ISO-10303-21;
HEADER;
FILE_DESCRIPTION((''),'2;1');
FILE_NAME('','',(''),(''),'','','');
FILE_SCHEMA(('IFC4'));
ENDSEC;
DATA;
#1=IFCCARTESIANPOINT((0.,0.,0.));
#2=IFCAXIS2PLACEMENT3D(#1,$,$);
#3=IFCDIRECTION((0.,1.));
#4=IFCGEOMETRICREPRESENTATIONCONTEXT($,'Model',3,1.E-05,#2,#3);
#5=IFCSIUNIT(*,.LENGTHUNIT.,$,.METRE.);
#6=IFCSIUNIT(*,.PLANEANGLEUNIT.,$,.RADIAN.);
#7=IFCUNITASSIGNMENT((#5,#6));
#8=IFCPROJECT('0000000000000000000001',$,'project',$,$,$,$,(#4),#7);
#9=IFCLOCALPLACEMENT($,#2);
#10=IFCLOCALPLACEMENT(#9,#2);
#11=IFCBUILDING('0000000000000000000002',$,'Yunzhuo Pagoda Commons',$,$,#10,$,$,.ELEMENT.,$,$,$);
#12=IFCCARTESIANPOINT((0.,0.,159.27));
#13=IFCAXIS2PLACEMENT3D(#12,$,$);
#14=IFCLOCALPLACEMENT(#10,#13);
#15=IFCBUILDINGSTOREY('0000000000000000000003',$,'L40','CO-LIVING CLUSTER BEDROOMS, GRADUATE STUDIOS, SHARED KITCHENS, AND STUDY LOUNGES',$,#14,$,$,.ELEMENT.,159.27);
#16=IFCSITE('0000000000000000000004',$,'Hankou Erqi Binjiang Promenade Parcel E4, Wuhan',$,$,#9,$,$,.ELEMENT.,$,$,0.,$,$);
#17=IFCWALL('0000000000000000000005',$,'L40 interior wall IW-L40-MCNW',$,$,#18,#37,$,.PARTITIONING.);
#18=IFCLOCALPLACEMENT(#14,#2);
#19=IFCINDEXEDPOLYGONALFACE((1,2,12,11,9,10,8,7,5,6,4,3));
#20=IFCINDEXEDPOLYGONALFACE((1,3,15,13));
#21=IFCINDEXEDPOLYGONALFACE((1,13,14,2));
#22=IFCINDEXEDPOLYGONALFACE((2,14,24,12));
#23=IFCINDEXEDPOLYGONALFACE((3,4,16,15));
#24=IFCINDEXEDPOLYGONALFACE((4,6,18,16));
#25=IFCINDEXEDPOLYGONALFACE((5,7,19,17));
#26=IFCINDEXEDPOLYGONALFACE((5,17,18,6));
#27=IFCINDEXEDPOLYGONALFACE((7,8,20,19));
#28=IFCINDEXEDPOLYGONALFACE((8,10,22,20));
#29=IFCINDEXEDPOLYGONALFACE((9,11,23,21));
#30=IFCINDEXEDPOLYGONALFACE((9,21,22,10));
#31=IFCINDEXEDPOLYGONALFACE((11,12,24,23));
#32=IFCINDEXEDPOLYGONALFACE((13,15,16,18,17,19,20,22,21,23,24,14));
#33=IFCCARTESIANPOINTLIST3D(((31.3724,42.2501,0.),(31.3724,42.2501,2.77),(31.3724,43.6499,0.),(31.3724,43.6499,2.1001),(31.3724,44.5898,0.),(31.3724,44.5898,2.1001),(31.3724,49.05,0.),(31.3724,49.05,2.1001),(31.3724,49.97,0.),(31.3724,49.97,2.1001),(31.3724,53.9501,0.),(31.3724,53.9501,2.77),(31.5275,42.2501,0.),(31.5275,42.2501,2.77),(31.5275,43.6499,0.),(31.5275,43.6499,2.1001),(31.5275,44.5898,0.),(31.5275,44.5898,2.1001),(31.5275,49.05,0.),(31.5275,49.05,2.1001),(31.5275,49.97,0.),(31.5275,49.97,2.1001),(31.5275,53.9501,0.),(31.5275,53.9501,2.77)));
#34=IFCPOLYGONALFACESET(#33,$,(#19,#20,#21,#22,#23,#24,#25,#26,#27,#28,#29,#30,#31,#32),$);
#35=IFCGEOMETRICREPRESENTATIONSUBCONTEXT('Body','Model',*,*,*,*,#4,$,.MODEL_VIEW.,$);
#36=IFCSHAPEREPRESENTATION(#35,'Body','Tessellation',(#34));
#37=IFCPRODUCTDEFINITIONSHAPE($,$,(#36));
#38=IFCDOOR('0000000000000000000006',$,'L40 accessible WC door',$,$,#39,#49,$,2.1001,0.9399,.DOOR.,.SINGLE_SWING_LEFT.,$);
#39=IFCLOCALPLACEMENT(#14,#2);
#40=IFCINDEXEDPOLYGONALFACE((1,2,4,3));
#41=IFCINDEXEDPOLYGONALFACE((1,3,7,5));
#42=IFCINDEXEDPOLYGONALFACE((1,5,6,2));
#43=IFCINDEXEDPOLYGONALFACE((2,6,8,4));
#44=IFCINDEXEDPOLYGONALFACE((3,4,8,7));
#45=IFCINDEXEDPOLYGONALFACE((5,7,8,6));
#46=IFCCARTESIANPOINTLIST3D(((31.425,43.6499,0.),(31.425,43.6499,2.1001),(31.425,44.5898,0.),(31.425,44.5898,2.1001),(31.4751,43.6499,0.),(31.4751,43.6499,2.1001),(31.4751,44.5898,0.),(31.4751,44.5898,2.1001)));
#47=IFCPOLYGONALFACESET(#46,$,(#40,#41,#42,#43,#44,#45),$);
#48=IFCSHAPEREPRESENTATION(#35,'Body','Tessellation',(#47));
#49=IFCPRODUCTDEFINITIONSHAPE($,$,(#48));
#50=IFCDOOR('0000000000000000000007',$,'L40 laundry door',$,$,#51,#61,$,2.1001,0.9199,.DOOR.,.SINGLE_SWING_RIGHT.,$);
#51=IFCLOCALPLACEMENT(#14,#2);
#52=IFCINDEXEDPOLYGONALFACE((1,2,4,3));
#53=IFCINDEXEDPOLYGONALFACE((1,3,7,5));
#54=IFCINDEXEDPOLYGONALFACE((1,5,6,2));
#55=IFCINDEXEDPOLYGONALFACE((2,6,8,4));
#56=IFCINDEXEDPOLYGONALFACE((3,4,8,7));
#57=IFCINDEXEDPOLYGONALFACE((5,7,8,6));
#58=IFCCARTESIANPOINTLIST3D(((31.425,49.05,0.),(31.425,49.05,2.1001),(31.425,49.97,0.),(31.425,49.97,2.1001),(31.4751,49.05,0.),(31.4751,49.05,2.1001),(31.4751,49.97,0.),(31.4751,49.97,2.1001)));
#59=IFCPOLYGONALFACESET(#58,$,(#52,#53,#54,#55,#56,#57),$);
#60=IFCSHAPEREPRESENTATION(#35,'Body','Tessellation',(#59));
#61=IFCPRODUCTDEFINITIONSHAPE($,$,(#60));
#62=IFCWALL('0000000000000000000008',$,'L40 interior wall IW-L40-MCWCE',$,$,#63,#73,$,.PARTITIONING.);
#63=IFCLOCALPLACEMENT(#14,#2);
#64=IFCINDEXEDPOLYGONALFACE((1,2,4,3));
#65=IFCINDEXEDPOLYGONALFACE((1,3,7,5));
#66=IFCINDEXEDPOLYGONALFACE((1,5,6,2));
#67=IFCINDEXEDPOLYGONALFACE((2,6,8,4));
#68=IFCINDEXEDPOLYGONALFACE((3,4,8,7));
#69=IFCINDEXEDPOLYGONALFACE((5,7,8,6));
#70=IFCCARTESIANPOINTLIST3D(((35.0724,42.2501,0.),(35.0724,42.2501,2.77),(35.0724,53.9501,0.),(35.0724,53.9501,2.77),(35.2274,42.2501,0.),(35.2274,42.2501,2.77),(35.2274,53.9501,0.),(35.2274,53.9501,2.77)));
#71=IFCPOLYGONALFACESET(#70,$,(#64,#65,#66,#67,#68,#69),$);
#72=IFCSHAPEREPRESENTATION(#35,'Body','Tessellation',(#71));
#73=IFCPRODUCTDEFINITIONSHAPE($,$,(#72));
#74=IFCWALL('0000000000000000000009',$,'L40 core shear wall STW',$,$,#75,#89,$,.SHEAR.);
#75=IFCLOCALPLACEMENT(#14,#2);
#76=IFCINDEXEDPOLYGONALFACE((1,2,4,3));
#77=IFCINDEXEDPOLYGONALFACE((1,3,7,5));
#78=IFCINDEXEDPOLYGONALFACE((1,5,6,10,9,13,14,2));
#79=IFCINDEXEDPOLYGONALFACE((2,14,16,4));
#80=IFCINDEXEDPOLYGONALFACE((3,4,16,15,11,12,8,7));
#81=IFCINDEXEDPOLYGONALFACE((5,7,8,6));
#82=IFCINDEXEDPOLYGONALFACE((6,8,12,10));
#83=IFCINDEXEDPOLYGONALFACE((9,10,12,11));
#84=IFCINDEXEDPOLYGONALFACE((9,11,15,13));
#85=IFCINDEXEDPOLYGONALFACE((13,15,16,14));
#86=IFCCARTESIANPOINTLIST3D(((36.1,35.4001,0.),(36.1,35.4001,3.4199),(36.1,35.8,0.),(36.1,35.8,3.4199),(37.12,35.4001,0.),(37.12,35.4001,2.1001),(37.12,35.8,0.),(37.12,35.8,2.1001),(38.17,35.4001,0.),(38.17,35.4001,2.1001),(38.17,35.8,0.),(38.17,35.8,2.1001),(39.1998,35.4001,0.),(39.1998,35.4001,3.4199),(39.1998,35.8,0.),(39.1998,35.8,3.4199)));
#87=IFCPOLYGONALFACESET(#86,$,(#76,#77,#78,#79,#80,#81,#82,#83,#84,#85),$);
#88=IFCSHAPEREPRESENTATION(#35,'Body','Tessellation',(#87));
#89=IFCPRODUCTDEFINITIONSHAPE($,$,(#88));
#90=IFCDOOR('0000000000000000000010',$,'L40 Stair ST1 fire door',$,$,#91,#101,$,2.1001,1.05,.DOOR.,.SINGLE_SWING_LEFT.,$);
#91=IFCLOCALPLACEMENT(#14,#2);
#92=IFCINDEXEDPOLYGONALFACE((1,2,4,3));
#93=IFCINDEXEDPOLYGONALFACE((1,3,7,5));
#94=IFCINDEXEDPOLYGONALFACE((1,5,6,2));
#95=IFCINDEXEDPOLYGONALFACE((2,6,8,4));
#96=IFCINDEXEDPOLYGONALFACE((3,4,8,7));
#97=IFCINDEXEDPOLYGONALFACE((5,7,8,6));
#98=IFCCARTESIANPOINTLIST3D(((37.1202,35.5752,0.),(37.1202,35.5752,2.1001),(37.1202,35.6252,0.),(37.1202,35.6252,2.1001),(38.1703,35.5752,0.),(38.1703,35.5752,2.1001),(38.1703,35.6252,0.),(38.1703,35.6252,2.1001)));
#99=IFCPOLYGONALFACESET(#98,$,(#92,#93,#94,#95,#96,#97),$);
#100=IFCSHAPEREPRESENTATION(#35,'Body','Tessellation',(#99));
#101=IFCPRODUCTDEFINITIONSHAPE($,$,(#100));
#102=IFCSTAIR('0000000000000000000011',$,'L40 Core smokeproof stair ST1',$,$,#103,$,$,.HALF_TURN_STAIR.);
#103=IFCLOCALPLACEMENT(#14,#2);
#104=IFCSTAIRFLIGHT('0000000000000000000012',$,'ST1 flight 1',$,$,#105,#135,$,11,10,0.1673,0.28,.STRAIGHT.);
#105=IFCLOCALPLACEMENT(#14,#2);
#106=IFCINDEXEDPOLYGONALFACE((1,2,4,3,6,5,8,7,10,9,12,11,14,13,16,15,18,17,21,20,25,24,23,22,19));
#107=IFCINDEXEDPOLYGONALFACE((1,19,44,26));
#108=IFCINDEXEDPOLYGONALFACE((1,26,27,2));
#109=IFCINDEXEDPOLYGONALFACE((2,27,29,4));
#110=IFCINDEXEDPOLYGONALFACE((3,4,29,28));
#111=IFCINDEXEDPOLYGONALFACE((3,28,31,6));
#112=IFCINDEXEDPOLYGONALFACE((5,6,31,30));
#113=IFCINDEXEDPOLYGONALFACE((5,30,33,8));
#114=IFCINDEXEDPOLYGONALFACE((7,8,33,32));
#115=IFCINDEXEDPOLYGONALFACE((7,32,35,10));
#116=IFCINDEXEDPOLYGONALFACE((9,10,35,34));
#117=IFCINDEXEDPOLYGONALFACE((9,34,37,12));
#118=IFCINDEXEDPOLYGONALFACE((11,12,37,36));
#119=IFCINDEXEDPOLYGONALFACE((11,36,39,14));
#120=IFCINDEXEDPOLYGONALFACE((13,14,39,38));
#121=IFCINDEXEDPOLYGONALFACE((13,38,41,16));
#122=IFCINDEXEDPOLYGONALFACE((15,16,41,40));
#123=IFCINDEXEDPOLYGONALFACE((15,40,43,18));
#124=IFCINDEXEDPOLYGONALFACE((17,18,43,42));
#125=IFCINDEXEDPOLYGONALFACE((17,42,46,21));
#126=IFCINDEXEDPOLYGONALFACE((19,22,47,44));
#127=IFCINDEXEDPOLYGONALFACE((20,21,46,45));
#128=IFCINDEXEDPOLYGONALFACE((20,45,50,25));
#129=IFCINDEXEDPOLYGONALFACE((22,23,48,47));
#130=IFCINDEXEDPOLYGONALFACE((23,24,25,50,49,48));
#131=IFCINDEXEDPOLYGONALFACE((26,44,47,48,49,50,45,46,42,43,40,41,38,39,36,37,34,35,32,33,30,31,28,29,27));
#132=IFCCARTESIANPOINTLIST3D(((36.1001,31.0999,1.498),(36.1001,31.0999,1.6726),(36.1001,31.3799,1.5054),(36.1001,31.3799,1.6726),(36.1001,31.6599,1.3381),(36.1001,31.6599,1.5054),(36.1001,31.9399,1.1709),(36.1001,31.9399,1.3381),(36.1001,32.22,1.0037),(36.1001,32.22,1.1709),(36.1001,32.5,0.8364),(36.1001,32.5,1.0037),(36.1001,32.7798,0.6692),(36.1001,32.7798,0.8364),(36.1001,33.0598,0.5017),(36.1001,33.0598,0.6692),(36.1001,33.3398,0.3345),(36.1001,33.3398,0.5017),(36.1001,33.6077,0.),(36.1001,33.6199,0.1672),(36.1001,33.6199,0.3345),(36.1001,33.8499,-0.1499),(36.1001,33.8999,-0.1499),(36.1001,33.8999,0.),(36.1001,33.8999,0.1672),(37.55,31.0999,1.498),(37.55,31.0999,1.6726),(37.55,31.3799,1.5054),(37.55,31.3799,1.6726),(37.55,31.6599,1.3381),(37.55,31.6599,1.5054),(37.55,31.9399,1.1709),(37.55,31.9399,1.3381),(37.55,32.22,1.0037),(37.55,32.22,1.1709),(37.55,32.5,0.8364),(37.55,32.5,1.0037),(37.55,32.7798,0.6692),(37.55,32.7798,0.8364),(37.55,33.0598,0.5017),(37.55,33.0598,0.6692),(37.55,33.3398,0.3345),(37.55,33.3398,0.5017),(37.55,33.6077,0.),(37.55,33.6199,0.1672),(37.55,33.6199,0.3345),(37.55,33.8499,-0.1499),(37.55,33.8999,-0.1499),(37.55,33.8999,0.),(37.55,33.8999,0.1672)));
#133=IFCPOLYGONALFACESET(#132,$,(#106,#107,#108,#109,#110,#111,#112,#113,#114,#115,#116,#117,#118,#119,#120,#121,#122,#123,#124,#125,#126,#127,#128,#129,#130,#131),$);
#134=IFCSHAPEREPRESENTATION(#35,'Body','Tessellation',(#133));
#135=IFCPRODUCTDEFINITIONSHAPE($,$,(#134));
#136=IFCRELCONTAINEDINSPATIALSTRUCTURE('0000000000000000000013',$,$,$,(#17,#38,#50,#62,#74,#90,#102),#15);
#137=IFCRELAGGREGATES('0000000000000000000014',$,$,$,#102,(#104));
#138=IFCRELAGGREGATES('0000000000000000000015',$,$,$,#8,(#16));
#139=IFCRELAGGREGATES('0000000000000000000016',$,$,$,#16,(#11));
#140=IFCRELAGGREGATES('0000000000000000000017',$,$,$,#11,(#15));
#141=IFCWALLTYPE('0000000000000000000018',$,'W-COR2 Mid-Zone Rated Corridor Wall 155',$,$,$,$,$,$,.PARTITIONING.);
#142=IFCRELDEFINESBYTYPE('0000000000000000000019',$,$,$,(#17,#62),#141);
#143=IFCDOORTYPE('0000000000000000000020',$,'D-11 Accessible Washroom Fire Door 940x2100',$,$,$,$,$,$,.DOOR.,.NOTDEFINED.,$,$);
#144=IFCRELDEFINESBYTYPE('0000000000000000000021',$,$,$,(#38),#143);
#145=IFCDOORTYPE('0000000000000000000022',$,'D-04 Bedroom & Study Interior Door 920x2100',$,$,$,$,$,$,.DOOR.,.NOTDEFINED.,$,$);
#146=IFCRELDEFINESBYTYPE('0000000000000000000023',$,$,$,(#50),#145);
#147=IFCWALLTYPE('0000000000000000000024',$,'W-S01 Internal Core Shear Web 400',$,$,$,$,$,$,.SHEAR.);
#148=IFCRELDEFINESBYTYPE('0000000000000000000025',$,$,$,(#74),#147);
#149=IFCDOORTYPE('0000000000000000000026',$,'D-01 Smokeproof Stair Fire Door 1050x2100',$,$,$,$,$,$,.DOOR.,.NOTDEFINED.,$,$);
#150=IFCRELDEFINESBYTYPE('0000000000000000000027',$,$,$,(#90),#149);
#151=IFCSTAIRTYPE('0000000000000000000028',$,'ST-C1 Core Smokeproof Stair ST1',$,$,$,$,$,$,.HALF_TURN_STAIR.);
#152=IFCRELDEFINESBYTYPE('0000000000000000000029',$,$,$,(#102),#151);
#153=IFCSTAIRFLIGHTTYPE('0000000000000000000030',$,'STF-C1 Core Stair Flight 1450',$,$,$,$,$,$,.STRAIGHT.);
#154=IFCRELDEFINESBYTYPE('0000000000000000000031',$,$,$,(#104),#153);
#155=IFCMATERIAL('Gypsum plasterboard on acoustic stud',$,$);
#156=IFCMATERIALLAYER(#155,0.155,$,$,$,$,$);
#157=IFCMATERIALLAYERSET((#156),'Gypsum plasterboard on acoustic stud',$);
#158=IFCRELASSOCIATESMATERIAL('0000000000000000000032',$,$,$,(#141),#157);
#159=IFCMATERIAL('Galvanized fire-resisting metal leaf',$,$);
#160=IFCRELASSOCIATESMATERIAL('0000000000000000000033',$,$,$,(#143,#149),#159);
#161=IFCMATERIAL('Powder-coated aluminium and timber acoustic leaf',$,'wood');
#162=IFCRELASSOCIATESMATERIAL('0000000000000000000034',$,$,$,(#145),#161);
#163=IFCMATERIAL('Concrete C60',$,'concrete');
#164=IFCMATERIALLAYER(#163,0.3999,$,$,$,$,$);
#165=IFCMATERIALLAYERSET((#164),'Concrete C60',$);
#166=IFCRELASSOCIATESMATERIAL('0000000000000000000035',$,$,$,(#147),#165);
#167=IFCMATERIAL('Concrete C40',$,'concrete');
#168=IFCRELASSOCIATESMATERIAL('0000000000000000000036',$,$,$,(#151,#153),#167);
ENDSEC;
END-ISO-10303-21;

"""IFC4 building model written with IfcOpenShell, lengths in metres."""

from ifc_helpers import new_model, si_unit, direction, frame, frame_2d, origin, origin_with_axes, place, context, subcontext, project, spatial, polyline, rectangle, outline, extrude, source, transform, mapped, material, layer, layer_set, type_object, element, fill, aggregate, save


model = new_model("IFC4")

# Units and contexts
model_context = context("Model", 3, precision=1e-05, world=origin(), true_north=direction((0.0, 1.0)))
body_context = subcontext(model_context, "Body", "Model", "MODEL_VIEW")
ifc_project = project(units=[si_unit("LENGTHUNIT", "METRE"), si_unit("PLANEANGLEUNIT", "RADIAN")], contexts=[model_context])

# Site, building, storey
site_placement = place(None, origin())
site = spatial("IfcSite", under=ifc_project, at=site_placement, Name="Hankou Erqi Binjiang Promenade Parcel E4, Wuhan", CompositionType="ELEMENT", RefElevation=0.0)
building_placement = place(site_placement, origin())
building = spatial("IfcBuilding", under=site, at=building_placement, Name="Yunzhuo Pagoda Commons", CompositionType="ELEMENT")
storey_placement = place(building_placement, frame((0.0, 0.0, 159.27)))
storey = spatial("IfcBuildingStorey", under=building, at=storey_placement, Name="L40", Description="CO-LIVING CLUSTER BEDROOMS, GRADUATE STUDIOS, SHARED KITCHENS, AND STUDY LOUNGES", CompositionType="ELEMENT", Elevation=159.27)

# Shared definitions
ifc_material_1 = material(Name="Concrete C60", Category="concrete")
ifc_material_2 = material(Name="Galvanized fire-resisting metal leaf")
shared_shape_1 = source(origin(), body_context, "Body", "SweptSolid", [
    extrude(rectangle(XDim=1.05, YDim=2.1001, at=frame_2d((0.5249, 1.05))), frame((0.0, 0.0249, 0.0), z_axis=(0.0, -1.0, 0.0), x_axis=(1.0, 0.0, 0.0)), (0.0, 0.0, 1.0), 0.05),
])

# Wall, openings, doors
ifc_material_3 = material(Name="Gypsum plasterboard on acoustic stud")
ifc_layer_1 = layer(ifc_material_3, 0.155)
ifc_layer_set_1 = layer_set([ifc_layer_1], Name="Gypsum plasterboard on acoustic stud")
wall_type_1 = type_object("IfcWallType", Name="W-COR2 Mid-Zone Rated Corridor Wall 155", PredefinedType="PARTITIONING", material=ifc_layer_set_1)
wall_1_placement = place(storey_placement, frame((31.45, 42.25, 0.0), z_axis=(0.0, 0.0, 1.0), x_axis=(0.0, 1.0, 0.0)))
wall_1 = element("IfcWall", 1, at=wall_1_placement, inside=storey, type_object=wall_type_1, Name="L40 interior wall IW-L40-MCNW", PredefinedType="PARTITIONING", context=body_context, shape_type="SweptSolid", body=[
    extrude(rectangle(XDim=11.7, YDim=0.155, at=frame_2d((5.8501, 0.0))), origin(), (0.0, 0.0, 1.0), 2.77),
])
opening_1_placement = place(wall_1_placement, frame((1.3999, 0.0, 0.0)))
opening_1 = element("IfcOpeningElement", 2, at=opening_1_placement, cuts=wall_1, PredefinedType="OPENING", context=body_context, shape_type="SweptSolid", body=[
    extrude(rectangle(XDim=0.9399, YDim=2.1001, at=frame_2d((0.47, 1.05))), frame((0.0, 0.0874, 0.0), z_axis=(0.0, -1.0, 0.0), x_axis=(1.0, 0.0, 0.0)), (0.0, 0.0, 1.0), 0.175),
])
opening_2_placement = place(wall_1_placement, frame((6.8, 0.0, 0.0)))
opening_2 = element("IfcOpeningElement", 3, at=opening_2_placement, cuts=wall_1, PredefinedType="OPENING", context=body_context, shape_type="SweptSolid", body=[
    extrude(rectangle(XDim=0.9199, YDim=2.1001, at=frame_2d((0.46, 1.05))), frame((0.0, 0.0874, 0.0), z_axis=(0.0, -1.0, 0.0), x_axis=(1.0, 0.0, 0.0)), (0.0, 0.0, 1.0), 0.175),
])
door_type_1 = type_object("IfcDoorType", Name="D-11 Accessible Washroom Fire Door 940x2100", OperationType="NOTDEFINED", PredefinedType="DOOR", material=ifc_material_2)
shared_shape_2 = source(origin(), body_context, "Body", "SweptSolid", [
    extrude(rectangle(XDim=0.9399, YDim=2.1001, at=frame_2d((0.47, 1.05))), frame((0.0, 0.0249, 0.0), z_axis=(0.0, -1.0, 0.0), x_axis=(1.0, 0.0, 0.0)), (0.0, 0.0, 1.0), 0.05),
])
door_1_placement = place(opening_1_placement, origin_with_axes())
door_1 = element("IfcDoor", 4, at=door_1_placement, inside=storey, type_object=door_type_1, Name="L40 accessible WC door", OperationType="SINGLE_SWING_LEFT", OverallHeight=2.1001, OverallWidth=0.9399, PredefinedType="DOOR", context=body_context, shape_type="MappedRepresentation", body=[
    mapped(shared_shape_2, transform((0.0, 0.0, 0.0), scale=1.0)),
])
fill(opening_1, door_1)
ifc_material_4 = material(Name="Powder-coated aluminium and timber acoustic leaf", Category="wood")
door_type_2 = type_object("IfcDoorType", Name="D-04 Bedroom & Study Interior Door 920x2100", OperationType="NOTDEFINED", PredefinedType="DOOR", material=ifc_material_4)
shared_shape_3 = source(origin(), body_context, "Body", "SweptSolid", [
    extrude(rectangle(XDim=0.9199, YDim=2.1001, at=frame_2d((0.46, 1.05))), frame((0.0, 0.0249, 0.0), z_axis=(0.0, -1.0, 0.0), x_axis=(1.0, 0.0, 0.0)), (0.0, 0.0, 1.0), 0.05),
])
door_2_placement = place(opening_2_placement, origin_with_axes())
door_2 = element("IfcDoor", 5, at=door_2_placement, inside=storey, type_object=door_type_2, Name="L40 laundry door", OperationType="SINGLE_SWING_RIGHT", OverallHeight=2.1001, OverallWidth=0.9199, PredefinedType="DOOR", context=body_context, shape_type="MappedRepresentation", body=[
    mapped(shared_shape_3, transform((0.0, 0.0, 0.0), scale=1.0)),
])
fill(opening_2, door_2)

# Wall
wall_2_placement = place(storey_placement, frame((35.1499, 42.25, 0.0), z_axis=(0.0, 0.0, 1.0), x_axis=(0.0, 1.0, 0.0)))
element("IfcWall", 6, at=wall_2_placement, inside=storey, type_object=wall_type_1, Name="L40 interior wall IW-L40-MCWCE", PredefinedType="PARTITIONING", context=body_context, shape_type="SweptSolid", body=[
    extrude(rectangle(XDim=11.7, YDim=0.155, at=frame_2d((5.8501, 0.0))), origin(), (0.0, 0.0, 1.0), 2.77),
])

# Wall, opening, door
ifc_layer_2 = layer(ifc_material_1, 0.3999)
ifc_layer_set_2 = layer_set([ifc_layer_2], Name="Concrete C60")
wall_type_2 = type_object("IfcWallType", Name="W-S01 Internal Core Shear Web 400", PredefinedType="SHEAR", material=ifc_layer_set_2)
wall_3_placement = place(storey_placement, frame((36.1001, 35.6001, 0.0), z_axis=(0.0, 0.0, 1.0), x_axis=(1.0, 0.0, 0.0)))
wall_3 = element("IfcWall", 7, at=wall_3_placement, inside=storey, type_object=wall_type_2, Name="L40 core shear wall STW", PredefinedType="SHEAR", context=body_context, shape_type="SweptSolid", body=[
    extrude(rectangle(XDim=3.0999, YDim=0.3999, at=frame_2d((1.5498, 0.0))), origin(), (0.0, 0.0, 1.0), 3.4199),
])
opening_3_placement = place(wall_3_placement, frame((1.02, 0.0, 0.0)))
opening_3 = element("IfcOpeningElement", 8, at=opening_3_placement, cuts=wall_3, PredefinedType="OPENING", context=body_context, shape_type="SweptSolid", body=[
    extrude(rectangle(XDim=1.05, YDim=2.1001, at=frame_2d((0.5249, 1.05))), frame((0.0, 0.21, 0.0), z_axis=(0.0, -1.0, 0.0), x_axis=(1.0, 0.0, 0.0)), (0.0, 0.0, 1.0), 0.4199),
])
door_type_3 = type_object("IfcDoorType", Name="D-01 Smokeproof Stair Fire Door 1050x2100", OperationType="NOTDEFINED", PredefinedType="DOOR", material=ifc_material_2)
door_3_placement = place(opening_3_placement, frame((1.05, 0.0, 0.0), z_axis=(0.0, 0.0, 1.0), x_axis=(-1.0, 0.0, 0.0)))
door_3 = element("IfcDoor", 9, at=door_3_placement, inside=storey, type_object=door_type_3, Name="L40 Stair ST1 fire door", OperationType="SINGLE_SWING_LEFT", OverallHeight=2.1001, OverallWidth=1.05, PredefinedType="DOOR", context=body_context, shape_type="MappedRepresentation", body=[
    mapped(shared_shape_1, transform((0.0, 0.0, 0.0), scale=1.0)),
])
fill(opening_3, door_3)

# Stair, stair flight
ifc_material_5 = material(Name="Concrete C40", Category="concrete")
stair_type = type_object("IfcStairType", Name="ST-C1 Core Smokeproof Stair ST1", PredefinedType="HALF_TURN_STAIR", material=ifc_material_5)
stair_placement = place(storey_placement, origin())
stair = element("IfcStair", 10, at=stair_placement, inside=storey, type_object=stair_type, Name="L40 Core smokeproof stair ST1", PredefinedType="HALF_TURN_STAIR")
stair_flight_type = type_object("IfcStairFlightType", Name="STF-C1 Core Stair Flight 1450", PredefinedType="STRAIGHT", material=ifc_material_5)
shared_shape_4 = source(origin(), body_context, "Body", "SweptSolid", [
    extrude(outline(polyline([(0.0, -0.1499), (0.0, 0.0), (0.0, 0.1672), (0.28, 0.1672), (0.28, 0.3345), (0.5601, 0.3345), (0.5601, 0.5017), (0.8401, 0.5017), (0.8401, 0.6692), (1.1201, 0.6692), (1.1201, 0.8364), (1.3999, 0.8364), (1.3999, 1.0037), (1.6799, 1.0037), (1.6799, 1.1709), (1.96, 1.1709), (1.96, 1.3381), (2.24, 1.3381), (2.24, 1.5054), (2.52, 1.5054), (2.52, 1.6726), (2.8, 1.6726), (2.8, 1.8401), (2.8, 1.498), (0.2922, 0.0), (0.05, -0.1499), (0.0, -0.1499)])), frame((0.0, 0.7251, 0.0), z_axis=(0.0, -1.0, 0.0), x_axis=(1.0, 0.0, 0.0)), (0.0, 0.0, 1.0), 1.45),
])
stair_flight_placement = place(storey_placement, frame((36.825, 33.8999, 0.0), z_axis=(0.0, 0.0, 1.0), x_axis=(0.0, -1.0, 0.0)))
stair_flight = element("IfcStairFlight", 11, at=stair_flight_placement, type_object=stair_flight_type, Name="ST1 flight 1", NumberOfRisers=11, NumberOfTreads=10, PredefinedType="STRAIGHT", RiserHeight=0.1673, TreadLength=0.28, context=body_context, shape_type="MappedRepresentation", body=[
    mapped(shared_shape_4, transform((0.0, 0.0, 0.0), scale=1.0)),
])
aggregate(stair, [stair_flight])

save(model, "model.ifc")
